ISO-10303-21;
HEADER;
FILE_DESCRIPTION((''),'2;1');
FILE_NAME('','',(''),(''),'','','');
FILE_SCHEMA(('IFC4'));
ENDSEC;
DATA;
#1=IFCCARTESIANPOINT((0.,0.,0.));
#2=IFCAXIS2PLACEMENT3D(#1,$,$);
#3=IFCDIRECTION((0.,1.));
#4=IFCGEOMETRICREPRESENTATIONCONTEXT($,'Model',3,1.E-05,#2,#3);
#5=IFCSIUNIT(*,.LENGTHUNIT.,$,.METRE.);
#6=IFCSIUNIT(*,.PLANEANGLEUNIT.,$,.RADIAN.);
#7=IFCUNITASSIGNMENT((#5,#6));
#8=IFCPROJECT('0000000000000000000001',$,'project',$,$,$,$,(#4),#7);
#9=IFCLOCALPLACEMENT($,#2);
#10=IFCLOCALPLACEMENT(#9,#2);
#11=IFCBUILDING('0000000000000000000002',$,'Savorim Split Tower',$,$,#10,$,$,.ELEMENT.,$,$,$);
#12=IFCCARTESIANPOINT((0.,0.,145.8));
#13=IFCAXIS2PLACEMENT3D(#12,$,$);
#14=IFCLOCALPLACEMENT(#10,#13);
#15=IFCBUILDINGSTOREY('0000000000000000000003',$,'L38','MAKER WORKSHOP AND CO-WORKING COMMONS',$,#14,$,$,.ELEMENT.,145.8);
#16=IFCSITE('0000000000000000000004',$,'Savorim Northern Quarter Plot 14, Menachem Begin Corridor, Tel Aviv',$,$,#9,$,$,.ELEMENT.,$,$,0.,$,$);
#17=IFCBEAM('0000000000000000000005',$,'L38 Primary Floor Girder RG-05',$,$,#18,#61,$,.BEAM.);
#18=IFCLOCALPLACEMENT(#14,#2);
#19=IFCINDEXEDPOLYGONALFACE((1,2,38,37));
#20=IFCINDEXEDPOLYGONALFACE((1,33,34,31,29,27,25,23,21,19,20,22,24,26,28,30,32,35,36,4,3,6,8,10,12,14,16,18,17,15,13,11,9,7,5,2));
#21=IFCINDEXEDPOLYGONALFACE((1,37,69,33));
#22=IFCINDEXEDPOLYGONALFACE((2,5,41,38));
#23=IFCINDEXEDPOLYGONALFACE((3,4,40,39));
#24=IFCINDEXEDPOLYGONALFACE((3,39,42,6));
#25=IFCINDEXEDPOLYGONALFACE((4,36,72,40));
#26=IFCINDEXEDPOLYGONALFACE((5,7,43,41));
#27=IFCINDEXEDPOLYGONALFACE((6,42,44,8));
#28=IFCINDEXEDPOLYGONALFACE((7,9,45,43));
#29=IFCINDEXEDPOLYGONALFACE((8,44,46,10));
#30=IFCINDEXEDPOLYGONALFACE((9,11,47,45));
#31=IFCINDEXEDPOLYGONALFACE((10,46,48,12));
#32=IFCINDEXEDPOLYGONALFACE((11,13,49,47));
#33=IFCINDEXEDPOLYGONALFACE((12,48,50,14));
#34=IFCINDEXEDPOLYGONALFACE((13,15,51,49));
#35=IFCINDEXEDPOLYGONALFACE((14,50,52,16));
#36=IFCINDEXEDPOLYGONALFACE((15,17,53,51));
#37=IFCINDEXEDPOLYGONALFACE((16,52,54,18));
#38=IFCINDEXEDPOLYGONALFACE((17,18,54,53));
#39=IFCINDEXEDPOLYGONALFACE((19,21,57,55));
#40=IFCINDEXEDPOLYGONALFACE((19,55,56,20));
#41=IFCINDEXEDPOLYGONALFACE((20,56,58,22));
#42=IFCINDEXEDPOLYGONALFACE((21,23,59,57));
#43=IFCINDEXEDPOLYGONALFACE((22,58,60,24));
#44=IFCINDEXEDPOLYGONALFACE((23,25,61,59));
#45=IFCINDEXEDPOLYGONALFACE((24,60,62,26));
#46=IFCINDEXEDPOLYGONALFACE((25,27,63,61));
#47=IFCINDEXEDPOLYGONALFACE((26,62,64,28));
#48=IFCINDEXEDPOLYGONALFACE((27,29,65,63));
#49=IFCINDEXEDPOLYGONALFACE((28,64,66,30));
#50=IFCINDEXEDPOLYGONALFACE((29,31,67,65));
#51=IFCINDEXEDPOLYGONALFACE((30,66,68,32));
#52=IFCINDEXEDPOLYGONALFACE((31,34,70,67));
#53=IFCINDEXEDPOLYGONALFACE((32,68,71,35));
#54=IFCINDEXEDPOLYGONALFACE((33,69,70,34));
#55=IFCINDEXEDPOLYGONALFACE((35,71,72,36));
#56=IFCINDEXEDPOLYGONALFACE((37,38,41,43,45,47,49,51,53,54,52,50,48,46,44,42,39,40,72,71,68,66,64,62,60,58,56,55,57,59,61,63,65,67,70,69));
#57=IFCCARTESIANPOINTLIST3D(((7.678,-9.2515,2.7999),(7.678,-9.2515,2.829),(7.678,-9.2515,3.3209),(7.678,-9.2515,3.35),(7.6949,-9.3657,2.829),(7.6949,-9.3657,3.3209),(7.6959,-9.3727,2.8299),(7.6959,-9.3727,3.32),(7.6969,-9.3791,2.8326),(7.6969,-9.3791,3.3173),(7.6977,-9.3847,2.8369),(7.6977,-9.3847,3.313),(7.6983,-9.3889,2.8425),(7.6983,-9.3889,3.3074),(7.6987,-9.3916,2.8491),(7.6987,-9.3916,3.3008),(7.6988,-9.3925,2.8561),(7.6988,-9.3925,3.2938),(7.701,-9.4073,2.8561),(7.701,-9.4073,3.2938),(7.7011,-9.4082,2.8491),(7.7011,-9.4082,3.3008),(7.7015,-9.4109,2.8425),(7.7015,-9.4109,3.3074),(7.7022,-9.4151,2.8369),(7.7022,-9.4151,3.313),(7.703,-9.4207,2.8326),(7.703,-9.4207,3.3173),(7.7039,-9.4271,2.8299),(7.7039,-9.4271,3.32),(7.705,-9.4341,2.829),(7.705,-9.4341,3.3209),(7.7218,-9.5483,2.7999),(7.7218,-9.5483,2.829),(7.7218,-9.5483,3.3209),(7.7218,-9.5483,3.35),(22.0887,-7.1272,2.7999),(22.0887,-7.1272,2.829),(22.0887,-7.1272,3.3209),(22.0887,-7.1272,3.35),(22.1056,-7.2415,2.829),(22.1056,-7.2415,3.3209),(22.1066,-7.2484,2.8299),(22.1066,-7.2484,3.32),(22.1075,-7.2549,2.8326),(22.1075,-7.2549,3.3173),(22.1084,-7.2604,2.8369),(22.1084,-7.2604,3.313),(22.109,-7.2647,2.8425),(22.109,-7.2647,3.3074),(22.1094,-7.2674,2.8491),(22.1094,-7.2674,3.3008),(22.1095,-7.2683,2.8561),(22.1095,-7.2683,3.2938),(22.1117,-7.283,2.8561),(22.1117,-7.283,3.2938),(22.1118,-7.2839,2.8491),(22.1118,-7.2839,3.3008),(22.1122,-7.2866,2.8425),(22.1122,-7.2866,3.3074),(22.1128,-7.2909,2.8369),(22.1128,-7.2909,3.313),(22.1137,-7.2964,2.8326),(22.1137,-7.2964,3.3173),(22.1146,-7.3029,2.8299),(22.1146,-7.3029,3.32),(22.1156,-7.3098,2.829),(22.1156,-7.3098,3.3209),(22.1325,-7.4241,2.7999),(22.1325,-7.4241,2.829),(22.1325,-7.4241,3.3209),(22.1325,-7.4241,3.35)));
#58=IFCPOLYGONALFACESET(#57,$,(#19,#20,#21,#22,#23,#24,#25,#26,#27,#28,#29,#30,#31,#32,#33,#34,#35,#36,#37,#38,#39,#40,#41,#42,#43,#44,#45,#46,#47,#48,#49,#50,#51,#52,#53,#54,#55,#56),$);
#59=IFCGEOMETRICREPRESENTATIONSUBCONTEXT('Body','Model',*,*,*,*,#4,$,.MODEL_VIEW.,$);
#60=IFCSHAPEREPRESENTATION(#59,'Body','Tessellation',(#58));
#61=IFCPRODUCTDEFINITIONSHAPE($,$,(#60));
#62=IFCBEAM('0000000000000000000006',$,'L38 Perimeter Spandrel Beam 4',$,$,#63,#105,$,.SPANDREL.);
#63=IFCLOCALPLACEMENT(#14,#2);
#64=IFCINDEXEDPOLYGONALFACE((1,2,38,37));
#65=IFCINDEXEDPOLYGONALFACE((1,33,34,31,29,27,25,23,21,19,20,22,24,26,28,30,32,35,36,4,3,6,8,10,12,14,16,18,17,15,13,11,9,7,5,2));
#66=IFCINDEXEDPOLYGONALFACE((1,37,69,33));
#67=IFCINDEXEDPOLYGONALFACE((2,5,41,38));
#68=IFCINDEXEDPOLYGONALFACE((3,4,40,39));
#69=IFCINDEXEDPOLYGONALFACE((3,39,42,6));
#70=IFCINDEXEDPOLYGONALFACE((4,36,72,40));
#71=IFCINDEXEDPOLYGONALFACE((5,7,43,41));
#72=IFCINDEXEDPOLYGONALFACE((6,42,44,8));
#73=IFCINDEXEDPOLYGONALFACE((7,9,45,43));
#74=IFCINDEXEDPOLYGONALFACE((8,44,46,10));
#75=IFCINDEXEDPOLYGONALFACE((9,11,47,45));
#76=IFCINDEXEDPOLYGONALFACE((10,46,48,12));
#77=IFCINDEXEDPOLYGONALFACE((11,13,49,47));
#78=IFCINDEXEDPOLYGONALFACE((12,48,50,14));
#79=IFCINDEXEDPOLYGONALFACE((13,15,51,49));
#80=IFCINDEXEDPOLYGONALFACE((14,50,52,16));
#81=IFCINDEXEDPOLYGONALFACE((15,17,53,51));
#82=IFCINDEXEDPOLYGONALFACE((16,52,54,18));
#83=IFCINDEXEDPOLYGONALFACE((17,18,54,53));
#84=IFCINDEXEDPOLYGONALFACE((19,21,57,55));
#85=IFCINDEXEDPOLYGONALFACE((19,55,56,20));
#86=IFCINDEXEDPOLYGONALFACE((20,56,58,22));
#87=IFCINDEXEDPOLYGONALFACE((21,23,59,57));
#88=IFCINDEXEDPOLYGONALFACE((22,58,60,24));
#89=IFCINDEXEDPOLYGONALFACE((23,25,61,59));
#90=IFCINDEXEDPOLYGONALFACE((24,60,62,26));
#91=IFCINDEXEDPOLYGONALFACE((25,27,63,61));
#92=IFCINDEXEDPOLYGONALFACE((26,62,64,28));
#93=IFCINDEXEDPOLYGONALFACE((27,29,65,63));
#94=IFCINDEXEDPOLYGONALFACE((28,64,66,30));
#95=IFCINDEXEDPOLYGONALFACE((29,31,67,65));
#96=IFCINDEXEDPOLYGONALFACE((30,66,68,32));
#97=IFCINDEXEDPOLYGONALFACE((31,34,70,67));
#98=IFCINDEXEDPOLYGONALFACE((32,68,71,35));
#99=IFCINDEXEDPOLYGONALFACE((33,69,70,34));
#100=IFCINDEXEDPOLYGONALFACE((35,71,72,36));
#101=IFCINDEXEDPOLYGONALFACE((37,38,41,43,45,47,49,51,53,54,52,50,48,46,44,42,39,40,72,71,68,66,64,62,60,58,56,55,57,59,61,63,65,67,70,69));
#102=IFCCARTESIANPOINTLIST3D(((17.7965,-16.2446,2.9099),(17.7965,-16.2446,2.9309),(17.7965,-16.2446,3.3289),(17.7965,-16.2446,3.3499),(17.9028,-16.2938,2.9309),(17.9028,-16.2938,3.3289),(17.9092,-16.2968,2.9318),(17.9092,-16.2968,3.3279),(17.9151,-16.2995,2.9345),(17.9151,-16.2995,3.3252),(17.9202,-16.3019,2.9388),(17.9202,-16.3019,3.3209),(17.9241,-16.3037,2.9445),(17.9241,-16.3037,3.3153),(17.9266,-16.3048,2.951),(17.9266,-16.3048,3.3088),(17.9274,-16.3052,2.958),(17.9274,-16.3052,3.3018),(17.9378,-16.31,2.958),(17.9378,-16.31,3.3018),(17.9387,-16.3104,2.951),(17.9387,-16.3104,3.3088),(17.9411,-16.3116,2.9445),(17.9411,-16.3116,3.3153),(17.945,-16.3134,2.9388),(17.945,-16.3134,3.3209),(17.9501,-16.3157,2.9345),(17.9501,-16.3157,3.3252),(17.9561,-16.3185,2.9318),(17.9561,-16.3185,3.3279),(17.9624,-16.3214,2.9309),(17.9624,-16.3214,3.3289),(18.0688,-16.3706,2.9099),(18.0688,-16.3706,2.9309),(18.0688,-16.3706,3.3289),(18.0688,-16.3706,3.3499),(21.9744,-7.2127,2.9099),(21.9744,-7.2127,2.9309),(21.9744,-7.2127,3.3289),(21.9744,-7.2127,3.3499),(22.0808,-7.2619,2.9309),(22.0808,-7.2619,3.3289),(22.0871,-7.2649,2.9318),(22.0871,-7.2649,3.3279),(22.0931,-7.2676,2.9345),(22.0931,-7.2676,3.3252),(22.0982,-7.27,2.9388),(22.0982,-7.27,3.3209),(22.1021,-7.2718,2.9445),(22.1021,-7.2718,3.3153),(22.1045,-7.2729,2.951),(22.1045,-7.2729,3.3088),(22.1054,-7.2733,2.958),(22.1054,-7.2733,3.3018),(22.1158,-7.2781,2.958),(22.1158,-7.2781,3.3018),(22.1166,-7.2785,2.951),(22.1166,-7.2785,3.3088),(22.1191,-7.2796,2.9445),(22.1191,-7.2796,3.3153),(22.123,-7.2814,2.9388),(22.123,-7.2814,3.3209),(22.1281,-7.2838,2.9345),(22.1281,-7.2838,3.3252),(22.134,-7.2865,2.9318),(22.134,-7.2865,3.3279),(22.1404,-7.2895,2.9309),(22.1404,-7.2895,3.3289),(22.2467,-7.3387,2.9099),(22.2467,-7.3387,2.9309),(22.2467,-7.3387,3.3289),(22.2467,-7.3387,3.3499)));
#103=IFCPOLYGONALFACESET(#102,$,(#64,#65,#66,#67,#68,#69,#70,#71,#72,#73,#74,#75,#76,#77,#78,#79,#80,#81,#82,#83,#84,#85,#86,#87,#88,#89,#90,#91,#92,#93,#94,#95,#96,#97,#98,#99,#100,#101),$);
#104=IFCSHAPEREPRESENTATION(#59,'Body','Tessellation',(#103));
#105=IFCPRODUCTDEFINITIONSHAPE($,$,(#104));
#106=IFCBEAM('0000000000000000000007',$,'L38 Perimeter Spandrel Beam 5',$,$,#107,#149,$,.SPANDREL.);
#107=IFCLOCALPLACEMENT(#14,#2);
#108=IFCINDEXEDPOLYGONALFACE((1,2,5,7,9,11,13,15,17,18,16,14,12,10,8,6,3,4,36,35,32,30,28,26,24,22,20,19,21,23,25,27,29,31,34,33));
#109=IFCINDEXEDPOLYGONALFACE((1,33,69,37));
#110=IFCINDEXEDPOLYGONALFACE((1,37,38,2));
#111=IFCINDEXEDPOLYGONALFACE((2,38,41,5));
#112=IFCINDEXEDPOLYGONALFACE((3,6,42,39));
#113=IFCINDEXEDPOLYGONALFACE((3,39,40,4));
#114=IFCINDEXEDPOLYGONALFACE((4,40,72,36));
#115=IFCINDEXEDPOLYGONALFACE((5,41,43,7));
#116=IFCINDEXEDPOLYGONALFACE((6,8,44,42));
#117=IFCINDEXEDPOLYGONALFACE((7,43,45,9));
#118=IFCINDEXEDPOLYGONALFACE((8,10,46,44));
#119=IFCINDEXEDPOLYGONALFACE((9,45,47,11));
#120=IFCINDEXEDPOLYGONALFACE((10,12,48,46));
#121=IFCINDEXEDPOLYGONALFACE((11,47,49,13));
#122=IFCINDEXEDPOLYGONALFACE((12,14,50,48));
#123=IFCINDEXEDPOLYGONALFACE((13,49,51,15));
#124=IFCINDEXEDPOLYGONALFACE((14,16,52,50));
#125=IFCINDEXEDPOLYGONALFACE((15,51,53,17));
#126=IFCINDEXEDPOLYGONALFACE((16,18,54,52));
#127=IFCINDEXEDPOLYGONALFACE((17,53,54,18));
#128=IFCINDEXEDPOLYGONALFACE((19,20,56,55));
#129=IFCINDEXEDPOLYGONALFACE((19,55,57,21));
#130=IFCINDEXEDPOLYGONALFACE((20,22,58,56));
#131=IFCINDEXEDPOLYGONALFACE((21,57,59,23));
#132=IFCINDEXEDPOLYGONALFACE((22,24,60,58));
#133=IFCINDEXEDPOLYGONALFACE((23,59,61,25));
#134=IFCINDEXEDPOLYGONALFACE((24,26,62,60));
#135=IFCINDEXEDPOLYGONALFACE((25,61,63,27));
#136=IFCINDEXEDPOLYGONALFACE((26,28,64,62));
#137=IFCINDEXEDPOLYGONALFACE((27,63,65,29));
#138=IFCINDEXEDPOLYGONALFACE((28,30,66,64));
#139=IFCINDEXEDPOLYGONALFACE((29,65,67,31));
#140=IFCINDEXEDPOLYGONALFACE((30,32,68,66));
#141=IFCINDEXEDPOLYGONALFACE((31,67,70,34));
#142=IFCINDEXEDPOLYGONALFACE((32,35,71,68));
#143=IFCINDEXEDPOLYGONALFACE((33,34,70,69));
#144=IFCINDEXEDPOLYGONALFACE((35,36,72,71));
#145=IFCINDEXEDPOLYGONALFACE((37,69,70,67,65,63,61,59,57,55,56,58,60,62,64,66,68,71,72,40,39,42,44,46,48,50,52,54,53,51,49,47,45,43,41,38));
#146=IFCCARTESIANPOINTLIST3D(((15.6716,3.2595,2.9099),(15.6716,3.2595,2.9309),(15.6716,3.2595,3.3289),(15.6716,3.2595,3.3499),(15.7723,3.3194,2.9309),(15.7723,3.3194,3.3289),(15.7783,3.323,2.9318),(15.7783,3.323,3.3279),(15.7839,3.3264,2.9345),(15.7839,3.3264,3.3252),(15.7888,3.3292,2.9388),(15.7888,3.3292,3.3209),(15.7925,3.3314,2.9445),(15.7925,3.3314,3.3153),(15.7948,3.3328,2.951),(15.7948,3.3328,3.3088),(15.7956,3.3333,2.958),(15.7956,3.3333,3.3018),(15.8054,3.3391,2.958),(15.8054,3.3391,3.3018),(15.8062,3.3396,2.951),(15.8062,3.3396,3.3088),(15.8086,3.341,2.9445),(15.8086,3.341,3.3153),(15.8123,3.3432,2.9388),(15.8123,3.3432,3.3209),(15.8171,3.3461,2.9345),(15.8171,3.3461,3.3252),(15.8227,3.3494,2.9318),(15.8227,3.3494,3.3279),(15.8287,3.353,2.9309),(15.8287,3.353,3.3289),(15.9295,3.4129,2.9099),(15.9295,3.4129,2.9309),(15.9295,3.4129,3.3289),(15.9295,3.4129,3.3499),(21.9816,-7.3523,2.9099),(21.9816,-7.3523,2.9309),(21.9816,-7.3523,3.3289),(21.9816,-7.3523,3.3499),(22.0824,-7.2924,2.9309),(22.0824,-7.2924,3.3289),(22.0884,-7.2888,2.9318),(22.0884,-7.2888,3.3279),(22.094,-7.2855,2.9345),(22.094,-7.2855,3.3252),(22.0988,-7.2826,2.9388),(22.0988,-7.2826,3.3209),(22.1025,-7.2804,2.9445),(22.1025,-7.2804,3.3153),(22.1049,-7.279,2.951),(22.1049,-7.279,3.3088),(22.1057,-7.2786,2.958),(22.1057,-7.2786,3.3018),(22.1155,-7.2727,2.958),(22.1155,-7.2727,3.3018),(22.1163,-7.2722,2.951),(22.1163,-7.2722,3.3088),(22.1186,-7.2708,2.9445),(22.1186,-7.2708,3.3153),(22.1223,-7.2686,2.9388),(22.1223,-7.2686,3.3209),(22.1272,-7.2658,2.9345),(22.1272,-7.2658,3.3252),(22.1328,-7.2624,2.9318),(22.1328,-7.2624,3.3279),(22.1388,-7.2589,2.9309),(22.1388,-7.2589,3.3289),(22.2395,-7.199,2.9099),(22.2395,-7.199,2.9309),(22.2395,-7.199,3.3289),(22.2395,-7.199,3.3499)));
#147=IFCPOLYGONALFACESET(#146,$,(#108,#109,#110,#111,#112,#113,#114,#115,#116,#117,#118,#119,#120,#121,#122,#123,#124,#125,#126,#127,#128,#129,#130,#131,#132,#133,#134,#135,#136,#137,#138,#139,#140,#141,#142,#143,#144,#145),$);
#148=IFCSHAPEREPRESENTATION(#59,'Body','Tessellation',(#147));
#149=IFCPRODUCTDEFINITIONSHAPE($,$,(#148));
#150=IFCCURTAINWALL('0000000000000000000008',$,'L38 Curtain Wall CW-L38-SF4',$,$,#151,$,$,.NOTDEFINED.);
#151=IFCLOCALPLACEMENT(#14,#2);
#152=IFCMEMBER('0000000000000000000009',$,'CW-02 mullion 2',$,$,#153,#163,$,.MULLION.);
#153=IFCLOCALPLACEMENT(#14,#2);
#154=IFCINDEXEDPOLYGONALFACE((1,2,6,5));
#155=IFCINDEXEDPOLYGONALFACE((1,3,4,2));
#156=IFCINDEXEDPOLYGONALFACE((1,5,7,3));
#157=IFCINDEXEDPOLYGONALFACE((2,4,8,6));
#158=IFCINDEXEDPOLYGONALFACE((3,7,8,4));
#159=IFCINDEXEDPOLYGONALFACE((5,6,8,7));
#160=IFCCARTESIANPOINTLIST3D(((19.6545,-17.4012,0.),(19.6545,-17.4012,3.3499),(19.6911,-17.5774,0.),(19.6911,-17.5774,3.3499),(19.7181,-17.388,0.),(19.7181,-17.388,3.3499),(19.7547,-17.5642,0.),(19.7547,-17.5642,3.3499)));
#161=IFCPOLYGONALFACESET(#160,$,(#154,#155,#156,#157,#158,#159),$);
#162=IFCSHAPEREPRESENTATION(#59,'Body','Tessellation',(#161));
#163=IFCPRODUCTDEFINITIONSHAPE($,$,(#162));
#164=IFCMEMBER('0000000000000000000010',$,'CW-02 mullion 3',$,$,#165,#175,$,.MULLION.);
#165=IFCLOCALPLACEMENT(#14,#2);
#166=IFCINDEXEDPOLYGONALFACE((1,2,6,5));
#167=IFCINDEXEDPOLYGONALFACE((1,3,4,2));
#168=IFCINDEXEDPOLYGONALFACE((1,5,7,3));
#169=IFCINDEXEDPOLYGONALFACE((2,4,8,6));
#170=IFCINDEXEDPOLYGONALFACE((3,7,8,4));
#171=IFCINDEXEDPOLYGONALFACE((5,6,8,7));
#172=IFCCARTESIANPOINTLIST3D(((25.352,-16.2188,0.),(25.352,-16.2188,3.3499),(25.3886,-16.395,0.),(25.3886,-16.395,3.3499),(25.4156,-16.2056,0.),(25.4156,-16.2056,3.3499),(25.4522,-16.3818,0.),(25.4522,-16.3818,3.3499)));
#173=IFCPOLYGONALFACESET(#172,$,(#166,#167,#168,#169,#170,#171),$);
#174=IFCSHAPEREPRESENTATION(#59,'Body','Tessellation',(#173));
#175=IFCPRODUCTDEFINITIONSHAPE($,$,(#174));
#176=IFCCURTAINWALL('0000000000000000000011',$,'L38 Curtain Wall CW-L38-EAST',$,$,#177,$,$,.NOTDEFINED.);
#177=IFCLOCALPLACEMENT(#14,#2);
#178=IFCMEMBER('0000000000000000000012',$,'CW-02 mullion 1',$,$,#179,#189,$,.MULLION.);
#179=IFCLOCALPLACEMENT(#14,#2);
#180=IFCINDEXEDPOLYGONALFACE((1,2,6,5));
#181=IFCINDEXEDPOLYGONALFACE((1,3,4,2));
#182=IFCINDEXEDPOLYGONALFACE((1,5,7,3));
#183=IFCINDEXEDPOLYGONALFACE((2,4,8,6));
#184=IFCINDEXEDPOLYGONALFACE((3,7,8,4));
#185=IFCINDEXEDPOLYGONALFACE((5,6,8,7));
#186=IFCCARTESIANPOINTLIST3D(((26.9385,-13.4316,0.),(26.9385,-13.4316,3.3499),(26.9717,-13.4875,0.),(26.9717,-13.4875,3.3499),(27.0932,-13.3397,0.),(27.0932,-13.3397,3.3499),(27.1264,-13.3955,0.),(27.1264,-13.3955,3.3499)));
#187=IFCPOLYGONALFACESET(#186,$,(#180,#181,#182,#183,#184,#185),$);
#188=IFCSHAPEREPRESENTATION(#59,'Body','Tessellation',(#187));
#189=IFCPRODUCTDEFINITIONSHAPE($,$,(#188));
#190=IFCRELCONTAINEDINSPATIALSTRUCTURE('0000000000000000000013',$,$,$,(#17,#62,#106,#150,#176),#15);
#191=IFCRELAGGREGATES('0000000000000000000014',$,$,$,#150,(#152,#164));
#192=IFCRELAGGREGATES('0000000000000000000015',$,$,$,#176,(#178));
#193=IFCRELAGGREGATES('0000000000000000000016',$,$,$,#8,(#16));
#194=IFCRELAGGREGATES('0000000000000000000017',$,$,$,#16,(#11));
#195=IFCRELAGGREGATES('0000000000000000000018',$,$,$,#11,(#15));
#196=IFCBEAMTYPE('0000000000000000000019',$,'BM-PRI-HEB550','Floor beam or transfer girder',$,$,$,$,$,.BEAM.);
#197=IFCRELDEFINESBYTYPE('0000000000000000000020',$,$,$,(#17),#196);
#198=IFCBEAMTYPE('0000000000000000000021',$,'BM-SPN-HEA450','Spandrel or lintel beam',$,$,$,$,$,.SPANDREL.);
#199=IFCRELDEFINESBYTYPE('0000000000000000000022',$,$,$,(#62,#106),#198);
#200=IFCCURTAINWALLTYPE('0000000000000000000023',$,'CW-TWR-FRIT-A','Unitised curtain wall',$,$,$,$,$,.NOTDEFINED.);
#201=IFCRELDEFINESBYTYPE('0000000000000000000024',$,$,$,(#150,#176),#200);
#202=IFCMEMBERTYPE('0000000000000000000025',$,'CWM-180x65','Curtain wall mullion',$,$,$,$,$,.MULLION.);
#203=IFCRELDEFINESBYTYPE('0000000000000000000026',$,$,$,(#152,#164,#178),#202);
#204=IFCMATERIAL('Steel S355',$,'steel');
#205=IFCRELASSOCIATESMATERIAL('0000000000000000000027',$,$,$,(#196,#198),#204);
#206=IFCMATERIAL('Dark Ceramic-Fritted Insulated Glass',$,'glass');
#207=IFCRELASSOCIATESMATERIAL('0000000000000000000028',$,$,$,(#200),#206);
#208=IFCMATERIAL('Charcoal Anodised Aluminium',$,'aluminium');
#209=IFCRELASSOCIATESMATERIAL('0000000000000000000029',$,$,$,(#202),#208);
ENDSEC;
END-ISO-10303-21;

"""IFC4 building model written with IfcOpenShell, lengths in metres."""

from ifc_helpers import new_model, si_unit, direction, frame, origin, origin_2d, place, context, subcontext, project, spatial, rectangle, i_section, extrude, material, material_profile, profile_set, type_object, element, aggregate, save


model = new_model("IFC4")

# Units and contexts
model_context = context("Model", 3, precision=1e-05, world=origin(), true_north=direction((0.0, 1.0)))
body_context = subcontext(model_context, "Body", "Model", "MODEL_VIEW")
ifc_project = project(units=[si_unit("LENGTHUNIT", "METRE"), si_unit("PLANEANGLEUNIT", "RADIAN")], contexts=[model_context])

# Site, building, storey
site_placement = place(None, origin())
site = spatial("IfcSite", under=ifc_project, at=site_placement, Name="Savorim Northern Quarter Plot 14, Menachem Begin Corridor, Tel Aviv", CompositionType="ELEMENT", RefElevation=0.0)
building_placement = place(site_placement, origin())
building = spatial("IfcBuilding", under=site, at=building_placement, Name="Savorim Split Tower", CompositionType="ELEMENT")
storey_placement = place(building_placement, frame((0.0, 0.0, 145.8)))
storey = spatial("IfcBuildingStorey", under=building, at=storey_placement, Name="L38", Description="MAKER WORKSHOP AND CO-WORKING COMMONS", CompositionType="ELEMENT", Elevation=145.8)

# Beams
ifc_material_1 = material(Name="Steel S355", Category="steel")
ifc_material_profile_1 = material_profile(ifc_material_1, i_section(OverallWidth=0.3, OverallDepth=0.55, WebThickness=0.0149, FlangeThickness=0.0291, FilletRadius=0.0271, at=origin_2d()), Name="HEB 550")
ifc_profile_set_1 = profile_set([ifc_material_profile_1], Name="Steel S355")
beam_type_1 = type_object("IfcBeamType", Name="BM-PRI-HEB550", Description="Floor beam or transfer girder", PredefinedType="BEAM", material=ifc_profile_set_1)
beam_1_placement = place(storey_placement, frame((22.1106, -7.2756, 3.075), z_axis=(-0.989309, -0.145834, 0.0), x_axis=(0.145834, -0.989309, 0.0)))
element("IfcBeam", 1, at=beam_1_placement, inside=storey, type_object=beam_type_1, Name="L38 Primary Floor Girder RG-05", PredefinedType="BEAM", context=body_context, shape_type="SweptSolid", body=[
    extrude(i_section(OverallWidth=0.3, OverallDepth=0.55, WebThickness=0.0149, FlangeThickness=0.0291, FilletRadius=0.0271, at=origin_2d()), origin(), (0.0, 0.0, 1.0), 14.5664),
])
ifc_material_profile_2 = material_profile(ifc_material_1, i_section(OverallWidth=0.3, OverallDepth=0.4399, WebThickness=0.0115, FlangeThickness=0.021, FilletRadius=0.0271, at=origin_2d()), Name="HEA 450")
ifc_profile_set_2 = profile_set([ifc_material_profile_2], Name="Steel S355")
beam_type_2 = type_object("IfcBeamType", Name="BM-SPN-HEA450", Description="Spandrel or lintel beam", PredefinedType="SPANDREL", material=ifc_profile_set_2)
beam_2_placement = place(storey_placement, frame((17.9326, -16.3076, 3.1299), z_axis=(0.419834, 0.907601, 0.0), x_axis=(-0.907601, 0.419834, 0.0)))
element("IfcBeam", 2, at=beam_2_placement, inside=storey, type_object=beam_type_2, Name="L38 Perimeter Spandrel Beam 4", PredefinedType="SPANDREL", context=body_context, shape_type="SweptSolid", body=[
    extrude(i_section(OverallWidth=0.3, OverallDepth=0.4399, WebThickness=0.0115, FlangeThickness=0.021, FilletRadius=0.0271, at=origin_2d()), origin(), (0.0, 0.0, 1.0), 9.9514),
])
beam_3_placement = place(storey_placement, frame((22.1106, -7.2756, 3.1299), z_axis=(-0.511095, 0.859524, 0.0), x_axis=(-0.859524, -0.511095, 0.0)))
element("IfcBeam", 3, at=beam_3_placement, inside=storey, type_object=beam_type_2, Name="L38 Perimeter Spandrel Beam 5", PredefinedType="SPANDREL", context=body_context, shape_type="SweptSolid", body=[
    extrude(i_section(OverallWidth=0.3, OverallDepth=0.4399, WebThickness=0.0115, FlangeThickness=0.021, FilletRadius=0.0271, at=origin_2d()), origin(), (0.0, 0.0, 1.0), 12.3462),
])

# Curtain walls, members
ifc_material_2 = material(Name="Dark Ceramic-Fritted Insulated Glass", Category="glass")
curtain_wall_type = type_object("IfcCurtainWallType", Name="CW-TWR-FRIT-A", Description="Unitised curtain wall", PredefinedType="NOTDEFINED", material=ifc_material_2)
curtain_wall_1_placement = place(storey_placement, origin())
curtain_wall_1 = element("IfcCurtainWall", 4, at=curtain_wall_1_placement, inside=storey, type_object=curtain_wall_type, Name="L38 Curtain Wall CW-L38-SF4", PredefinedType="NOTDEFINED")
ifc_material_3 = material(Name="Charcoal Anodised Aluminium", Category="aluminium")
ifc_material_profile_3 = material_profile(ifc_material_3, rectangle(XDim=0.1799, YDim=0.0649, at=origin_2d()), Name="ALU-M 180x65")
ifc_profile_set_3 = profile_set([ifc_material_profile_3], Name="Charcoal Anodised Aluminium")
member_type_1 = type_object("IfcMemberType", Name="CWM-180x65", Description="Curtain wall mullion", PredefinedType="MULLION", material=ifc_profile_set_3)
member_1_placement = place(storey_placement, frame((19.7046, -17.4827, 0.0), z_axis=(0.0, 0.0, 1.0), x_axis=(-0.20321, 0.979135, 0.0)))
member_1 = element("IfcMember", 5, at=member_1_placement, type_object=member_type_1, Name="CW-02 mullion 2", PredefinedType="MULLION", context=body_context, shape_type="SweptSolid", body=[
    extrude(rectangle(XDim=0.1799, YDim=0.0649, at=origin_2d()), origin(), (0.0, 0.0, 1.0), 3.3499),
])
member_2_placement = place(storey_placement, frame((25.4021, -16.3003, 0.0), z_axis=(0.0, 0.0, 1.0), x_axis=(-0.20321, 0.979135, 0.0)))
member_2 = element("IfcMember", 6, at=member_2_placement, type_object=member_type_1, Name="CW-02 mullion 3", PredefinedType="MULLION", context=body_context, shape_type="SweptSolid", body=[
    extrude(rectangle(XDim=0.1799, YDim=0.0649, at=origin_2d()), origin(), (0.0, 0.0, 1.0), 3.3499),
])
curtain_wall_2_placement = place(storey_placement, origin())
curtain_wall_2 = element("IfcCurtainWall", 7, at=curtain_wall_2_placement, inside=storey, type_object=curtain_wall_type, Name="L38 Curtain Wall CW-L38-EAST", PredefinedType="NOTDEFINED")
member_3_placement = place(storey_placement, frame((27.0325, -13.4136, 0.0), z_axis=(0.0, 0.0, 1.0), x_axis=(-0.859526, -0.511091, 0.0)))
member_3 = element("IfcMember", 8, at=member_3_placement, type_object=member_type_1, Name="CW-02 mullion 1", PredefinedType="MULLION", context=body_context, shape_type="SweptSolid", body=[
    extrude(rectangle(XDim=0.1799, YDim=0.0649, at=origin_2d()), origin(), (0.0, 0.0, 1.0), 3.3499),
])

aggregate(curtain_wall_1, [member_1, member_2])
aggregate(curtain_wall_2, [member_3])

save(model, "model.ifc")
